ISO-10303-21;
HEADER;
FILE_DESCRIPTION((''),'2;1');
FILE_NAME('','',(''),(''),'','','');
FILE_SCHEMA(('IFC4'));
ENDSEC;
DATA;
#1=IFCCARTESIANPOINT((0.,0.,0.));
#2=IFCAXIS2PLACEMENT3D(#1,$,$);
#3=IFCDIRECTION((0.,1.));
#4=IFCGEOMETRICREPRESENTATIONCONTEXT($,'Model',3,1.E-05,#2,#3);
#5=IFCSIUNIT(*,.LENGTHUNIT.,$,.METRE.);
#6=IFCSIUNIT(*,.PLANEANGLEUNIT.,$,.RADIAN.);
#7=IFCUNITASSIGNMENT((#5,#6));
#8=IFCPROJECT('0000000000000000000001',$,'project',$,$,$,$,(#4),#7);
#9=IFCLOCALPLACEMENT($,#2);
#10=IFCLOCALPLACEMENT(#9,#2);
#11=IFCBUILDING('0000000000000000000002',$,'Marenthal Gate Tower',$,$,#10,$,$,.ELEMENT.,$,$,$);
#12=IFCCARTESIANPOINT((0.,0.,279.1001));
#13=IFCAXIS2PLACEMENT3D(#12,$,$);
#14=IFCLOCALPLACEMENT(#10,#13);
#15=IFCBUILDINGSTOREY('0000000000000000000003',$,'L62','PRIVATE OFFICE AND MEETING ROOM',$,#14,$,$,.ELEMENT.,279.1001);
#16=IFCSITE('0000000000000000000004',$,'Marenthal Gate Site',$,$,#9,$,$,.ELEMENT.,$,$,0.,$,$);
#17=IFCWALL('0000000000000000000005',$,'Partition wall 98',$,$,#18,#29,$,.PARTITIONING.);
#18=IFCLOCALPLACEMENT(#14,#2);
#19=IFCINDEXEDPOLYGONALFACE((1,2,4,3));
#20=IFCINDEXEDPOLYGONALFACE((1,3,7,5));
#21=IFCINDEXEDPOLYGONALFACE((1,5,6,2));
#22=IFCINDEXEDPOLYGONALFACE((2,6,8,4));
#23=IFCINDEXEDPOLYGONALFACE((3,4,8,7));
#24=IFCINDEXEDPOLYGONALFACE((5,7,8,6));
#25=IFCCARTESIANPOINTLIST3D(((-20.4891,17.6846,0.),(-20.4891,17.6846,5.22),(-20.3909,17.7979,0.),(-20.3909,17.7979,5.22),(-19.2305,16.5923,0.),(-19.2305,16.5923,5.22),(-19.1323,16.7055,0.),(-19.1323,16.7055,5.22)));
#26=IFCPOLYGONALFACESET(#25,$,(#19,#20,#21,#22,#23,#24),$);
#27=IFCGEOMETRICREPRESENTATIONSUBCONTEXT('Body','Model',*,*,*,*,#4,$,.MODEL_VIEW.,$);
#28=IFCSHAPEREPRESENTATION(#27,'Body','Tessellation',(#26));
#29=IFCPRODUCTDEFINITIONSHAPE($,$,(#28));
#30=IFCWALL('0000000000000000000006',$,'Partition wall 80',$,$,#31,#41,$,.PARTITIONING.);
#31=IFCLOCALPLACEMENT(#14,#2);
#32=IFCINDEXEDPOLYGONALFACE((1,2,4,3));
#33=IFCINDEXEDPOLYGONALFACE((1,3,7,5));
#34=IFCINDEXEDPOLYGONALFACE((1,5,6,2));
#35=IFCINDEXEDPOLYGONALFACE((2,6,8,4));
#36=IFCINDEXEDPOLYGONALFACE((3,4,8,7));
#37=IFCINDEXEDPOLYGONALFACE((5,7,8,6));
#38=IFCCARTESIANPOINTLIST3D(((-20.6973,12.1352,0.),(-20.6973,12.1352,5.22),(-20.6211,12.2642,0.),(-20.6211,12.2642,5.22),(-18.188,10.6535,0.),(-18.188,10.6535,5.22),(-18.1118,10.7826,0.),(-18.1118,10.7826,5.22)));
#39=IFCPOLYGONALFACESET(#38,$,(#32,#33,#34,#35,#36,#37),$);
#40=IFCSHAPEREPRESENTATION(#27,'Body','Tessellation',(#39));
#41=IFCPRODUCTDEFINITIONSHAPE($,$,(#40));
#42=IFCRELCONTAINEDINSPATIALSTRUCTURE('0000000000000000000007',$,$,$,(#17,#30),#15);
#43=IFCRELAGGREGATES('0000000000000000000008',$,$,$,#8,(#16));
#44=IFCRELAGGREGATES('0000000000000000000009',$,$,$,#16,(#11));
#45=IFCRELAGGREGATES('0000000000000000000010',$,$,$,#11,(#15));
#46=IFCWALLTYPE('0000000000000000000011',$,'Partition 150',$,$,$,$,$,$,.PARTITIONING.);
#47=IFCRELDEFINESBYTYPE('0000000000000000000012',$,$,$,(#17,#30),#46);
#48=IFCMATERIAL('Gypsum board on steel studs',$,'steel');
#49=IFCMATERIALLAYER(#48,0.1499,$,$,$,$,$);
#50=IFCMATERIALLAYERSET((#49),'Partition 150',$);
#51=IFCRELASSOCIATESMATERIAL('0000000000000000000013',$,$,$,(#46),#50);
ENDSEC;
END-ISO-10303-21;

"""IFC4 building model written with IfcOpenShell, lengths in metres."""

from ifc_helpers import new_model, si_unit, direction, frame, frame_2d, origin, place, context, subcontext, project, spatial, rectangle, extrude, material, layer, layer_set, type_object, element, save


model = new_model("IFC4")

# Units and contexts
model_context = context("Model", 3, precision=1e-05, world=origin(), true_north=direction((0.0, 1.0)))
body_context = subcontext(model_context, "Body", "Model", "MODEL_VIEW")
ifc_project = project(units=[si_unit("LENGTHUNIT", "METRE"), si_unit("PLANEANGLEUNIT", "RADIAN")], contexts=[model_context])

# Site, building, storey
site_placement = place(None, origin())
site = spatial("IfcSite", under=ifc_project, at=site_placement, Name="Marenthal Gate Site", CompositionType="ELEMENT", RefElevation=0.0)
building_placement = place(site_placement, origin())
building = spatial("IfcBuilding", under=site, at=building_placement, Name="Marenthal Gate Tower", CompositionType="ELEMENT")
storey_placement = place(building_placement, frame((0.0, 0.0, 279.1001)))
storey = spatial("IfcBuildingStorey", under=building, at=storey_placement, Name="L62", Description="PRIVATE OFFICE AND MEETING ROOM", CompositionType="ELEMENT", Elevation=279.1001)

# Shared definitions
ifc_material_1 = material(Name="Gypsum board on steel studs", Category="steel")
ifc_layer_1 = layer(ifc_material_1, 0.1499)
ifc_layer_set_1 = layer_set([ifc_layer_1], Name="Partition 150")
wall_type = type_object("IfcWallType", Name="Partition 150", PredefinedType="PARTITIONING", material=ifc_layer_set_1)

# Walls
wall_1_placement = place(storey_placement, frame((-19.1814, 16.6489, 0.0), z_axis=(0.0, 0.0, 1.0), x_axis=(-0.75523, 0.65546, 0.0)))
element("IfcWall", 1, at=wall_1_placement, inside=storey, type_object=wall_type, Name="Partition wall 98", PredefinedType="PARTITIONING", context=body_context, shape_type="SweptSolid", body=[
    extrude(rectangle(XDim=1.6665, YDim=0.1499, at=frame_2d((0.8333, 0.0))), origin(), (0.0, 0.0, 1.0), 5.22),
])
wall_2_placement = place(storey_placement, frame((-18.1499, 10.718, 0.0), z_axis=(0.0, 0.0, 1.0), x_axis=(-0.861087, 0.508458, 0.0)))
element("IfcWall", 2, at=wall_2_placement, inside=storey, type_object=wall_type, Name="Partition wall 80", PredefinedType="PARTITIONING", context=body_context, shape_type="SweptSolid", body=[
    extrude(rectangle(XDim=2.9141, YDim=0.1499, at=frame_2d((1.457, 0.0))), origin(), (0.0, 0.0, 1.0), 5.22),
])

save(model, "model.ifc")
